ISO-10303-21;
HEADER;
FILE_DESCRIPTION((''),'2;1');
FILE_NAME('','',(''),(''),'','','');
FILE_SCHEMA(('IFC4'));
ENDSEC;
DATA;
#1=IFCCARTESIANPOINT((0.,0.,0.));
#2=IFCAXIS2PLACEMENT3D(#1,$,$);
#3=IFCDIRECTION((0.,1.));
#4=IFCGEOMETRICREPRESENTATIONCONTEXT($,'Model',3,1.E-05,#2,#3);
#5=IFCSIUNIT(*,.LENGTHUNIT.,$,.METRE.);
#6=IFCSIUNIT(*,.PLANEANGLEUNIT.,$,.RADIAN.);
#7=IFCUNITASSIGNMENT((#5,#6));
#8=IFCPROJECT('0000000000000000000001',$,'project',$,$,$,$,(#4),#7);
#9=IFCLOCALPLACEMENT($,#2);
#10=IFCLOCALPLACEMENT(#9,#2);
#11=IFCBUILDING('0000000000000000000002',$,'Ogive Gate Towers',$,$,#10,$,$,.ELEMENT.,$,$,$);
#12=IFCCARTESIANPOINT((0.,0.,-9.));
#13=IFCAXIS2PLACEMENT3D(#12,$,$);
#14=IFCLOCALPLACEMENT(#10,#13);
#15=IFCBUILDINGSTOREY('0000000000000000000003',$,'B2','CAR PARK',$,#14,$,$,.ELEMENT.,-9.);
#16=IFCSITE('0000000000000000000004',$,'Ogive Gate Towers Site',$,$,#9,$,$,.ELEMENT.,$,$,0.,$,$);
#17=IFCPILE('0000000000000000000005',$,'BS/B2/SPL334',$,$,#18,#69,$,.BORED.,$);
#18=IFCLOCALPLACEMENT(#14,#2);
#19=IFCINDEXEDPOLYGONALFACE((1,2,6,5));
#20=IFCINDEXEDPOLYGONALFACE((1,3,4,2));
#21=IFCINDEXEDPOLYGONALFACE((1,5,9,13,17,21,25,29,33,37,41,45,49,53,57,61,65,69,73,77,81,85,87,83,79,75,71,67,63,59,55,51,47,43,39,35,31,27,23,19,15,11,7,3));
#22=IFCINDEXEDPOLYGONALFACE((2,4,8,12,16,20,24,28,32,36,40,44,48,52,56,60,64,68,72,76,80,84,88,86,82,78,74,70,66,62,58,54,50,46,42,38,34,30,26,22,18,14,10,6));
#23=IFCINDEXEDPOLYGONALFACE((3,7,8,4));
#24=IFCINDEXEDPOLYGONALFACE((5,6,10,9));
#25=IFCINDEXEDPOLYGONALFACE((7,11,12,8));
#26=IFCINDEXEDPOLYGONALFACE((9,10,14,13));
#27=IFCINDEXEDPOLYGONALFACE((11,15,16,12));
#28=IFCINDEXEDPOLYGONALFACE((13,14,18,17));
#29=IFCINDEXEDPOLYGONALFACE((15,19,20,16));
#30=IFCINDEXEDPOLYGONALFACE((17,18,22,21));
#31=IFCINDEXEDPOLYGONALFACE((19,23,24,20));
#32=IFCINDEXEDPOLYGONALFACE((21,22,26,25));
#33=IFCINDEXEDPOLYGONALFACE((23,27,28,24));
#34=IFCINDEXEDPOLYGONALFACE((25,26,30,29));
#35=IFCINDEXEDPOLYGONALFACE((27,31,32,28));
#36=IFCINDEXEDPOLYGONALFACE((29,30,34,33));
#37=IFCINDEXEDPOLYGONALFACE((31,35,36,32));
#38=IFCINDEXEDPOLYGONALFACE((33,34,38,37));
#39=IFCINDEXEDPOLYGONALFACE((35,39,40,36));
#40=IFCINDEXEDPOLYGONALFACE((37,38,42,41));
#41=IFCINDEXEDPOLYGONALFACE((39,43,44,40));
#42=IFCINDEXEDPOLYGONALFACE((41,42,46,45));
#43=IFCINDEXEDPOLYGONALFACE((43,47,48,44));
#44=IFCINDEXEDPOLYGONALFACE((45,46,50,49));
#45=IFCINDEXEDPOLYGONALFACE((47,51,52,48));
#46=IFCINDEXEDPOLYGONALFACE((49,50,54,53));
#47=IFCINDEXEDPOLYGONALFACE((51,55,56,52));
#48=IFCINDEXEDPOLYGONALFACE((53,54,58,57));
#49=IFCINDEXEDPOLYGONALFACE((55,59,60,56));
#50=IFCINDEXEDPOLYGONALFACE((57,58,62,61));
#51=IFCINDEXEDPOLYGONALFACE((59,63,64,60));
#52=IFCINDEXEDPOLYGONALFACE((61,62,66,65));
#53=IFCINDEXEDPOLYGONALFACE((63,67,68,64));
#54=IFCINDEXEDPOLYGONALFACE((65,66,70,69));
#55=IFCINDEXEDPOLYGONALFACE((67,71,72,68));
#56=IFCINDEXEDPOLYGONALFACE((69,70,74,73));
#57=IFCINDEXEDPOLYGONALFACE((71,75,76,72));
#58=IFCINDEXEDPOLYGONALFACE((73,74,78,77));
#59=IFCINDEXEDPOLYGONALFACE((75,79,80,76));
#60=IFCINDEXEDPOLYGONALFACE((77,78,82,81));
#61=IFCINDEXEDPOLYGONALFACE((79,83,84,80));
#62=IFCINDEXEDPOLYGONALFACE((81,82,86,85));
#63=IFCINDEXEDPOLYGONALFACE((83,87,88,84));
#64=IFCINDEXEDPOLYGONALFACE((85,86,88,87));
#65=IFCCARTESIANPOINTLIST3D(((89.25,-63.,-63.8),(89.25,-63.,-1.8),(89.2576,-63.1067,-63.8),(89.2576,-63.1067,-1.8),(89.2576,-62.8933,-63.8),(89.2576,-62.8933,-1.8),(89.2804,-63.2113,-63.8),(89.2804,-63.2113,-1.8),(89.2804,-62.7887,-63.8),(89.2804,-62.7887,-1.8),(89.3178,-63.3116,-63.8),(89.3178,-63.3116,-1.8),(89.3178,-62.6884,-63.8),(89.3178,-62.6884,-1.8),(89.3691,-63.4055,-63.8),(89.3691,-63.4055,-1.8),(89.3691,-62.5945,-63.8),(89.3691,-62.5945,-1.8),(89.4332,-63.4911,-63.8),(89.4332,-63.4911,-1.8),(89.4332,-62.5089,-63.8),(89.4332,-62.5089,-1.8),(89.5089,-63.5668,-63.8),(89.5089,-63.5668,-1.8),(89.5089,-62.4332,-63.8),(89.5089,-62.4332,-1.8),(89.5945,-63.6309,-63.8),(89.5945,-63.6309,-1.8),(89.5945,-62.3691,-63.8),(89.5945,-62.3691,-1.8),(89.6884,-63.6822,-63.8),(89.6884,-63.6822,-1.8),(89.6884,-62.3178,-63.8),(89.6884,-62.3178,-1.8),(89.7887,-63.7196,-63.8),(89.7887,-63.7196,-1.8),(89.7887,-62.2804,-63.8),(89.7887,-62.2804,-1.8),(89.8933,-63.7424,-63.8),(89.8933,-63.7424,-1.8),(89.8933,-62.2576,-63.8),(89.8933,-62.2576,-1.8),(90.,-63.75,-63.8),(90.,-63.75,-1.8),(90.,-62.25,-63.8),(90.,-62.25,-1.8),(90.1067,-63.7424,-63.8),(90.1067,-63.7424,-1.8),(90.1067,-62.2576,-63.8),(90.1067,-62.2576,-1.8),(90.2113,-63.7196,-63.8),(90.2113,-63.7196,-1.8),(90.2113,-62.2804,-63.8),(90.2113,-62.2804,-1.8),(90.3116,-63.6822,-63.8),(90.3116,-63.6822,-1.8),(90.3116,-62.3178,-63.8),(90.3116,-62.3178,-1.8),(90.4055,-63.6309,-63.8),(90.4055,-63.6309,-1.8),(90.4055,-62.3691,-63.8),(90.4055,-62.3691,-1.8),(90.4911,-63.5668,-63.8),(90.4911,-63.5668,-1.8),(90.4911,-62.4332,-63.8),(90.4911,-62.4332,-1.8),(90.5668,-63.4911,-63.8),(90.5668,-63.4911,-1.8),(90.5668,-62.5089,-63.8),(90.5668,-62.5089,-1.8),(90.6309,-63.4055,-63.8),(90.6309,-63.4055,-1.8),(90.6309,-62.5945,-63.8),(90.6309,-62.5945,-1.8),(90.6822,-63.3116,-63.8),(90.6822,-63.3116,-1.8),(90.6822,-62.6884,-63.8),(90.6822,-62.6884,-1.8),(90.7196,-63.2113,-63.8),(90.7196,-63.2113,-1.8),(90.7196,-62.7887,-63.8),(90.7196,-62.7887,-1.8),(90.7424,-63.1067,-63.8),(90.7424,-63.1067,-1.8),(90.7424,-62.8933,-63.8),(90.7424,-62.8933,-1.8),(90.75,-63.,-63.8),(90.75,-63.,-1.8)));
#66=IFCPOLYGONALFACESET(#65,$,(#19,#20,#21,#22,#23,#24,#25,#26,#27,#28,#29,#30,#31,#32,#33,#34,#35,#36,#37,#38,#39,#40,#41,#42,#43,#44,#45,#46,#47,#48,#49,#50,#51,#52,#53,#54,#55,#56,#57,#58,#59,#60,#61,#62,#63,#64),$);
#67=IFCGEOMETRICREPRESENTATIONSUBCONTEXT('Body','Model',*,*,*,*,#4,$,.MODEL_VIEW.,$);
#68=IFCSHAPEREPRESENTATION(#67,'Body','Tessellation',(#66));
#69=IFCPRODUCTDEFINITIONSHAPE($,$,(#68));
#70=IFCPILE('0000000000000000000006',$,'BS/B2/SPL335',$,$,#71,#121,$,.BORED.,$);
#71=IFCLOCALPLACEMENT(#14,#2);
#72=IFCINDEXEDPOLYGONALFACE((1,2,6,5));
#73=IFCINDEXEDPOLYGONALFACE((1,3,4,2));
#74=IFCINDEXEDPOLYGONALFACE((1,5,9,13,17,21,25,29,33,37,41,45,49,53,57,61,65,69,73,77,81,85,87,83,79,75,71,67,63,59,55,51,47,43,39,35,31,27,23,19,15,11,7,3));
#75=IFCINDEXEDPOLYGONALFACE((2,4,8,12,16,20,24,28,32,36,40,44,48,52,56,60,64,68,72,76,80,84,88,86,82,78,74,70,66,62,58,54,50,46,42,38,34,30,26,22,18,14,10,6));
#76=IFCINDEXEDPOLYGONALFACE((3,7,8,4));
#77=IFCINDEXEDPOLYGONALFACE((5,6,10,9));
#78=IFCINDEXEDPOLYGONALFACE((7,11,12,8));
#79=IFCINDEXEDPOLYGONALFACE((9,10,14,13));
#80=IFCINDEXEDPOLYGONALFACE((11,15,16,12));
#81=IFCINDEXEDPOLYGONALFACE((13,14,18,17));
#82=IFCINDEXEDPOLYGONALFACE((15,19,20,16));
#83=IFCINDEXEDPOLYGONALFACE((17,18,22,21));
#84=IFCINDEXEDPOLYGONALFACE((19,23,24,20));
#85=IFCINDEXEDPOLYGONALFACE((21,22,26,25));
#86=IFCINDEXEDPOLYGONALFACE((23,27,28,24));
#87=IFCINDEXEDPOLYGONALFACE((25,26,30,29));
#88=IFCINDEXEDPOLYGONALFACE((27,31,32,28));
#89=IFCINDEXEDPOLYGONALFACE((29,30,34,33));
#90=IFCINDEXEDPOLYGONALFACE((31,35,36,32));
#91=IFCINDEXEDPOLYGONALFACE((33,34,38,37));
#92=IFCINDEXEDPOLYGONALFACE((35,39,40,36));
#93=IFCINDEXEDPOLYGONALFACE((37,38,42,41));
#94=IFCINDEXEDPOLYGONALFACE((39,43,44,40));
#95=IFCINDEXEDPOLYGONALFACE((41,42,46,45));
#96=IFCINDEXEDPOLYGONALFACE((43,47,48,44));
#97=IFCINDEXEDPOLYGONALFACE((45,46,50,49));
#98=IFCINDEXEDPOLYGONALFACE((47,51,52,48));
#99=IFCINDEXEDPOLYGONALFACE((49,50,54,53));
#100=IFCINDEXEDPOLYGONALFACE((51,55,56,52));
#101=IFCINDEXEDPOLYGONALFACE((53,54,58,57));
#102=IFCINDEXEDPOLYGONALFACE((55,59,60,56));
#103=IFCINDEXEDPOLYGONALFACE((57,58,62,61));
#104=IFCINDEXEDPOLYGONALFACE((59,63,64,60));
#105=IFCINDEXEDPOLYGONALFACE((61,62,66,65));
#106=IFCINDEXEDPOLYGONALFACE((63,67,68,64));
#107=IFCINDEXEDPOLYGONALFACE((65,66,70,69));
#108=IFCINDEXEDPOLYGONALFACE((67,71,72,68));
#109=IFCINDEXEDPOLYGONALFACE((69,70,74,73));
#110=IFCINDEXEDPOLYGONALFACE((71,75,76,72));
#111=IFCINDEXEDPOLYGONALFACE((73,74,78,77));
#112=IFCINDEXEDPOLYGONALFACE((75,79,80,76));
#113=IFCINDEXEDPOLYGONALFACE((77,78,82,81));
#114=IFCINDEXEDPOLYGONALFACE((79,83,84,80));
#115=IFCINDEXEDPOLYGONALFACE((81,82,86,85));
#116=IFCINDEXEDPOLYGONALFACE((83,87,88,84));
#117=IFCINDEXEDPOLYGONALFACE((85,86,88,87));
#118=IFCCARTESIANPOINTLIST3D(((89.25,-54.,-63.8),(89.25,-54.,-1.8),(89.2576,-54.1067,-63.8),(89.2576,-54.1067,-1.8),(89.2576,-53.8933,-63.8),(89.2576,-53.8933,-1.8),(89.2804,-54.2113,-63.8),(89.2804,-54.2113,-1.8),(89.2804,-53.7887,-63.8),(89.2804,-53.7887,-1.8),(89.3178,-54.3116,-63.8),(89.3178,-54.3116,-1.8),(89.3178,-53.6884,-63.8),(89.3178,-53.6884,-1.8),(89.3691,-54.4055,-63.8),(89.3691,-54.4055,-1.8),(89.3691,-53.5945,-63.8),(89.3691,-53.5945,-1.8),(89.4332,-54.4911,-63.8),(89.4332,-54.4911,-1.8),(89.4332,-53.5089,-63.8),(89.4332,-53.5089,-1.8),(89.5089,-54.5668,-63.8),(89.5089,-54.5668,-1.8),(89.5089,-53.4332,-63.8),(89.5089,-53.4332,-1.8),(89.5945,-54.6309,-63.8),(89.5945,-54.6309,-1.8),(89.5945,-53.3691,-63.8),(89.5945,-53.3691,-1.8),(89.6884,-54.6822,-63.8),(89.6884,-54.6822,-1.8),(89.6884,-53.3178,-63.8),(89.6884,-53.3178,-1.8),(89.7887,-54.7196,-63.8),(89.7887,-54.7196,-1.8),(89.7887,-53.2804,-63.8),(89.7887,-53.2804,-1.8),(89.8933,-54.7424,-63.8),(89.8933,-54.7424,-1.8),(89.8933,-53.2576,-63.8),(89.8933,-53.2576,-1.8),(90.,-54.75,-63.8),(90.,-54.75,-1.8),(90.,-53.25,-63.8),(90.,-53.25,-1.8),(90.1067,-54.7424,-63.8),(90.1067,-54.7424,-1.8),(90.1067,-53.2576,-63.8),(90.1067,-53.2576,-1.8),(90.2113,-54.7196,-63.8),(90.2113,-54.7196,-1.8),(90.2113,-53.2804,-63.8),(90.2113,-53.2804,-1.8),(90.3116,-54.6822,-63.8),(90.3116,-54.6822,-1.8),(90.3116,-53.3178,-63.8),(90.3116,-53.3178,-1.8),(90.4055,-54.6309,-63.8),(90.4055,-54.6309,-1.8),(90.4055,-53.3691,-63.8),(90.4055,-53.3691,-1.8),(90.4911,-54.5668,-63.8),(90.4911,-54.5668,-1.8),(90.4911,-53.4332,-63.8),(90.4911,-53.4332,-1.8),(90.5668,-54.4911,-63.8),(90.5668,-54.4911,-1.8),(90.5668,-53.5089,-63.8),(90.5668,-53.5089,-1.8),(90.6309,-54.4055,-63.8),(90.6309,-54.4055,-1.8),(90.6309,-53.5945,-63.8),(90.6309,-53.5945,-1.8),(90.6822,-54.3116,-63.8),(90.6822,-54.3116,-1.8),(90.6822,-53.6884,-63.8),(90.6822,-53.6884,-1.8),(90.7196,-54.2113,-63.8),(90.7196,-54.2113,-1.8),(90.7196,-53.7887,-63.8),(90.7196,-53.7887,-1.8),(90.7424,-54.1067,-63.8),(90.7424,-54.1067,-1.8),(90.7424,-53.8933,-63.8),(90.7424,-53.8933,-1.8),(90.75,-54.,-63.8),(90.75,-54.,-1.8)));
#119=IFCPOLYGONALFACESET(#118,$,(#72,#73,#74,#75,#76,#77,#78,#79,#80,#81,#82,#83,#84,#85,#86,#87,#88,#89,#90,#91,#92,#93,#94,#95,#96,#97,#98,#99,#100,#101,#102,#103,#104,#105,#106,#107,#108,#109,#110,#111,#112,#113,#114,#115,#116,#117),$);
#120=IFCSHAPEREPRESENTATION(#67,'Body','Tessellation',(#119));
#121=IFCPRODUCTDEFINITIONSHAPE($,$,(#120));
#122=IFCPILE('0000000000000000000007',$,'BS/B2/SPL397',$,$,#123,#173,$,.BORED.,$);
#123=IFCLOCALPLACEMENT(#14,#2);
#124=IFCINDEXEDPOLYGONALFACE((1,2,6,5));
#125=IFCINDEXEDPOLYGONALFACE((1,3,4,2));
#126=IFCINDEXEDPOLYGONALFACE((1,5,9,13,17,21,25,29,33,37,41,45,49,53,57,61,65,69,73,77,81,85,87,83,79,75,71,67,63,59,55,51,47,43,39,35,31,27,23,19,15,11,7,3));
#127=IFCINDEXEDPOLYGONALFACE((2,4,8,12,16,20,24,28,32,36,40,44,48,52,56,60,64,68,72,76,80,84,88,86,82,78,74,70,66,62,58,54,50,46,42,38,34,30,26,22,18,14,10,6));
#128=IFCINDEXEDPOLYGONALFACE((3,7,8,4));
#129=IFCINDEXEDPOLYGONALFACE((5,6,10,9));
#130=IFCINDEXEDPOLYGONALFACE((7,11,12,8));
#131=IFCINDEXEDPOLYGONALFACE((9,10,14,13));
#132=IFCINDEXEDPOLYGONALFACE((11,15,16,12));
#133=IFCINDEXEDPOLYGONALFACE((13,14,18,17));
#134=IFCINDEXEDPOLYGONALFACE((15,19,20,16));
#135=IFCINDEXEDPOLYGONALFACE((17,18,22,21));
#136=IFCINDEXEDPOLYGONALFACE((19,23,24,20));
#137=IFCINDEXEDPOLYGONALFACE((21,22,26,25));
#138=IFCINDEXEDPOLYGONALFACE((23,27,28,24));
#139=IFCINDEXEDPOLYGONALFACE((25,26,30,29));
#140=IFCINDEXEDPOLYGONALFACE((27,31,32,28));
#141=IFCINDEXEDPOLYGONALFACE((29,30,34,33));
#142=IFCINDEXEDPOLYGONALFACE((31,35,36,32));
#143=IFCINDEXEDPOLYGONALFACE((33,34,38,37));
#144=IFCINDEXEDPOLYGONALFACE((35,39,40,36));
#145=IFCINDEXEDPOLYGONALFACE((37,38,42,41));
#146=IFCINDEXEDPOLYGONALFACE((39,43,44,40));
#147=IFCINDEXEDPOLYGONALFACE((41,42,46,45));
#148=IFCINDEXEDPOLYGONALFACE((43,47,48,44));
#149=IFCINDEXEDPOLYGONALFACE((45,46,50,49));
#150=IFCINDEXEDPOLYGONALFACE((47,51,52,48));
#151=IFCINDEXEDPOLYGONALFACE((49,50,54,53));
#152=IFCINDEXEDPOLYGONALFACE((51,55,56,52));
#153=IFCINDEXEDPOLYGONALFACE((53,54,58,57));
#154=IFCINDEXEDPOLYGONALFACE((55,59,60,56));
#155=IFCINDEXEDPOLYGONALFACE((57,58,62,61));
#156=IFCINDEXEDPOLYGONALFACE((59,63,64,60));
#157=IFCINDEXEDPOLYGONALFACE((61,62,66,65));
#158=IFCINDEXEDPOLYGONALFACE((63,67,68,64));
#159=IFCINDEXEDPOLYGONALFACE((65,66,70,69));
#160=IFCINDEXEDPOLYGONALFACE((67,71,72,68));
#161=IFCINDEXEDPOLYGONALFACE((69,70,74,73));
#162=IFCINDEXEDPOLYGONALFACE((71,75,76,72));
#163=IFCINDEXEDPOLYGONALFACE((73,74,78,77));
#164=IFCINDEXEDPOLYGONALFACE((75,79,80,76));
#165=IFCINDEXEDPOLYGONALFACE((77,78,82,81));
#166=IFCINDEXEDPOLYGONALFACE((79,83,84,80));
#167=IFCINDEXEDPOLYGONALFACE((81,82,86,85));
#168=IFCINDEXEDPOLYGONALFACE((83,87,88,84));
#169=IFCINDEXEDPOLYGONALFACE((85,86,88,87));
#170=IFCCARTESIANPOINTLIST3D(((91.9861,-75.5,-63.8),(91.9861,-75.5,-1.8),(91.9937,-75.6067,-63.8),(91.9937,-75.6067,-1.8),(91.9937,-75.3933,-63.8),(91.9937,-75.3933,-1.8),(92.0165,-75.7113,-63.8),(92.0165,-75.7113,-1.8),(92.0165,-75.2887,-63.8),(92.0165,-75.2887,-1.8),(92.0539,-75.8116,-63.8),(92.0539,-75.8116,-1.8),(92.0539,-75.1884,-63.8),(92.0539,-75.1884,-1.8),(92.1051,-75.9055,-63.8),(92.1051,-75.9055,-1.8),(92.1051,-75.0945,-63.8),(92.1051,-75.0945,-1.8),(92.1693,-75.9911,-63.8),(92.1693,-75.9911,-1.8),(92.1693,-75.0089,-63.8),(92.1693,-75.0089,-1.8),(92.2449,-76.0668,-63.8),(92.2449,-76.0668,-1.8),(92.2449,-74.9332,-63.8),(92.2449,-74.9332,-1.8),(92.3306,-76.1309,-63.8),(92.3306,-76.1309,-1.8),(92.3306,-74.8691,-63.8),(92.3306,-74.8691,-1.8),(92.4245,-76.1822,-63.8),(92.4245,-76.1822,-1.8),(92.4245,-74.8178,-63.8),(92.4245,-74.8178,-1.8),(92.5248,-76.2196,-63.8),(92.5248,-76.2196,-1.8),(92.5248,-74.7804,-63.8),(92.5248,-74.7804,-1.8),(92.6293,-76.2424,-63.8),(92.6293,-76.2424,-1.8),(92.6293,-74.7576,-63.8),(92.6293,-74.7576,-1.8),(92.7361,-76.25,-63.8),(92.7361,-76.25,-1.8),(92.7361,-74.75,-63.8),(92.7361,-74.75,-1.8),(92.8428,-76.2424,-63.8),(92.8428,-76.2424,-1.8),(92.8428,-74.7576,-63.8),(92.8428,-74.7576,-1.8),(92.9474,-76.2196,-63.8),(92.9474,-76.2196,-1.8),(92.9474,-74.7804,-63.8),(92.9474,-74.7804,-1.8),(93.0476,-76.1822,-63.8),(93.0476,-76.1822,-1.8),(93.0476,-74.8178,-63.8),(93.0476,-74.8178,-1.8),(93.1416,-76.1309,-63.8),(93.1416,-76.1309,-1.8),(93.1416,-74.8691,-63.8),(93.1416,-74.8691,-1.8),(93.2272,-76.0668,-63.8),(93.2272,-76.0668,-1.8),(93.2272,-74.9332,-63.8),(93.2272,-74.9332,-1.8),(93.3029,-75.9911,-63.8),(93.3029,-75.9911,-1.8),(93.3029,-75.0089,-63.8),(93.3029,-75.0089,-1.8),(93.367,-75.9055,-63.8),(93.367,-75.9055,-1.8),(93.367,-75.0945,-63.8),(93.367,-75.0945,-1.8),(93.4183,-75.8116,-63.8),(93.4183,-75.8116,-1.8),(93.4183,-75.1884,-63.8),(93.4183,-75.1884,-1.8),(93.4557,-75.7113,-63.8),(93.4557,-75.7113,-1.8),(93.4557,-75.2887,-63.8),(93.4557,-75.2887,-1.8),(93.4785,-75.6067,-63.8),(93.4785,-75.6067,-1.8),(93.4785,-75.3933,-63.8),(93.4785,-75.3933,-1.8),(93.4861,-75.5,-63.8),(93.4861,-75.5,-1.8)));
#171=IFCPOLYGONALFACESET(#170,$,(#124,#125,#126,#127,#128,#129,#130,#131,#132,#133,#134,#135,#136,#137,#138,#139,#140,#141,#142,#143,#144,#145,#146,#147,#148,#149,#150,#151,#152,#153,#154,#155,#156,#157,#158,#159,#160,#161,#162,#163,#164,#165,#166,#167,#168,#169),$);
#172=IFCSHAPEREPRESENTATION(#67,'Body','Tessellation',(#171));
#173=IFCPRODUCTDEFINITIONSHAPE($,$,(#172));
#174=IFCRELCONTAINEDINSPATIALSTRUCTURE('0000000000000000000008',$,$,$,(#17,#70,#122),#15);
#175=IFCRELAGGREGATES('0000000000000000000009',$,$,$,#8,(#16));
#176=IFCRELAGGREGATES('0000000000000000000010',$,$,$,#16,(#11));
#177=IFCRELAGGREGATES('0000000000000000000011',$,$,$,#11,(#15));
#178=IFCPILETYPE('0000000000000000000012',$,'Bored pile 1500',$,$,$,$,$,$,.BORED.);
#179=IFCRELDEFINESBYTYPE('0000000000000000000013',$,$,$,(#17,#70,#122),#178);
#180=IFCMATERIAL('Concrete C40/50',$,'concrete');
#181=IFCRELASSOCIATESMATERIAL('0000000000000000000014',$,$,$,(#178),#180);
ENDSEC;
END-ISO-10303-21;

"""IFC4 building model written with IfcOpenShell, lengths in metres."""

from ifc_helpers import new_model, si_unit, direction, frame, origin, origin_2d, place, context, subcontext, project, spatial, circle, extrude, material, material_profile, profile_set, type_object, element, save


model = new_model("IFC4")

# Units and contexts
model_context = context("Model", 3, precision=1e-05, world=origin(), true_north=direction((0.0, 1.0)))
body_context = subcontext(model_context, "Body", "Model", "MODEL_VIEW")
ifc_project = project(units=[si_unit("LENGTHUNIT", "METRE"), si_unit("PLANEANGLEUNIT", "RADIAN")], contexts=[model_context])

# Site, building, storey
site_placement = place(None, origin())
site = spatial("IfcSite", under=ifc_project, at=site_placement, Name="Ogive Gate Towers Site", CompositionType="ELEMENT", RefElevation=0.0)
building_placement = place(site_placement, origin())
building = spatial("IfcBuilding", under=site, at=building_placement, Name="Ogive Gate Towers", CompositionType="ELEMENT")
storey_placement = place(building_placement, frame((0.0, 0.0, -9.0)))
storey = spatial("IfcBuildingStorey", under=building, at=storey_placement, Name="B2", Description="CAR PARK", CompositionType="ELEMENT", Elevation=-9.0)

# Piles
ifc_material_1 = material(Name="Concrete C40/50", Category="concrete")
ifc_material_profile_1 = material_profile(ifc_material_1, circle(Radius=0.75, at=origin_2d()), Name="BP 1500")
ifc_profile_set_1 = profile_set([ifc_material_profile_1], Name="Concrete C40/50")
pile_type = type_object("IfcPileType", Name="Bored pile 1500", PredefinedType="BORED", material=ifc_profile_set_1)
for number, where, z_axis, x_axis, name in (
    (1, (90.0, -63.0, -1.8), (0.0, 0.0, -1.0), (1.0, 0.0, 0.0), "BS/B2/SPL334"),
    (2, (90.0, -54.0, -1.8), (0.0, 0.0, -1.0), (1.0, 0.0, 0.0), "BS/B2/SPL335"),
    (3, (92.7361, -75.5, -1.8), (0.0, 0.0, -1.0), (1.0, 0.0, 0.0), "BS/B2/SPL397"),
):
    element("IfcPile", number, at=place(storey_placement, frame(where, z_axis=z_axis, x_axis=x_axis)), inside=storey, type_object=pile_type, Name=name, PredefinedType="BORED", context=body_context, shape_type="SweptSolid", body=[
        extrude(circle(Radius=0.75, at=origin_2d()), origin(), (0.0, 0.0, 1.0), 62.0),
    ])

save(model, "model.ifc")
